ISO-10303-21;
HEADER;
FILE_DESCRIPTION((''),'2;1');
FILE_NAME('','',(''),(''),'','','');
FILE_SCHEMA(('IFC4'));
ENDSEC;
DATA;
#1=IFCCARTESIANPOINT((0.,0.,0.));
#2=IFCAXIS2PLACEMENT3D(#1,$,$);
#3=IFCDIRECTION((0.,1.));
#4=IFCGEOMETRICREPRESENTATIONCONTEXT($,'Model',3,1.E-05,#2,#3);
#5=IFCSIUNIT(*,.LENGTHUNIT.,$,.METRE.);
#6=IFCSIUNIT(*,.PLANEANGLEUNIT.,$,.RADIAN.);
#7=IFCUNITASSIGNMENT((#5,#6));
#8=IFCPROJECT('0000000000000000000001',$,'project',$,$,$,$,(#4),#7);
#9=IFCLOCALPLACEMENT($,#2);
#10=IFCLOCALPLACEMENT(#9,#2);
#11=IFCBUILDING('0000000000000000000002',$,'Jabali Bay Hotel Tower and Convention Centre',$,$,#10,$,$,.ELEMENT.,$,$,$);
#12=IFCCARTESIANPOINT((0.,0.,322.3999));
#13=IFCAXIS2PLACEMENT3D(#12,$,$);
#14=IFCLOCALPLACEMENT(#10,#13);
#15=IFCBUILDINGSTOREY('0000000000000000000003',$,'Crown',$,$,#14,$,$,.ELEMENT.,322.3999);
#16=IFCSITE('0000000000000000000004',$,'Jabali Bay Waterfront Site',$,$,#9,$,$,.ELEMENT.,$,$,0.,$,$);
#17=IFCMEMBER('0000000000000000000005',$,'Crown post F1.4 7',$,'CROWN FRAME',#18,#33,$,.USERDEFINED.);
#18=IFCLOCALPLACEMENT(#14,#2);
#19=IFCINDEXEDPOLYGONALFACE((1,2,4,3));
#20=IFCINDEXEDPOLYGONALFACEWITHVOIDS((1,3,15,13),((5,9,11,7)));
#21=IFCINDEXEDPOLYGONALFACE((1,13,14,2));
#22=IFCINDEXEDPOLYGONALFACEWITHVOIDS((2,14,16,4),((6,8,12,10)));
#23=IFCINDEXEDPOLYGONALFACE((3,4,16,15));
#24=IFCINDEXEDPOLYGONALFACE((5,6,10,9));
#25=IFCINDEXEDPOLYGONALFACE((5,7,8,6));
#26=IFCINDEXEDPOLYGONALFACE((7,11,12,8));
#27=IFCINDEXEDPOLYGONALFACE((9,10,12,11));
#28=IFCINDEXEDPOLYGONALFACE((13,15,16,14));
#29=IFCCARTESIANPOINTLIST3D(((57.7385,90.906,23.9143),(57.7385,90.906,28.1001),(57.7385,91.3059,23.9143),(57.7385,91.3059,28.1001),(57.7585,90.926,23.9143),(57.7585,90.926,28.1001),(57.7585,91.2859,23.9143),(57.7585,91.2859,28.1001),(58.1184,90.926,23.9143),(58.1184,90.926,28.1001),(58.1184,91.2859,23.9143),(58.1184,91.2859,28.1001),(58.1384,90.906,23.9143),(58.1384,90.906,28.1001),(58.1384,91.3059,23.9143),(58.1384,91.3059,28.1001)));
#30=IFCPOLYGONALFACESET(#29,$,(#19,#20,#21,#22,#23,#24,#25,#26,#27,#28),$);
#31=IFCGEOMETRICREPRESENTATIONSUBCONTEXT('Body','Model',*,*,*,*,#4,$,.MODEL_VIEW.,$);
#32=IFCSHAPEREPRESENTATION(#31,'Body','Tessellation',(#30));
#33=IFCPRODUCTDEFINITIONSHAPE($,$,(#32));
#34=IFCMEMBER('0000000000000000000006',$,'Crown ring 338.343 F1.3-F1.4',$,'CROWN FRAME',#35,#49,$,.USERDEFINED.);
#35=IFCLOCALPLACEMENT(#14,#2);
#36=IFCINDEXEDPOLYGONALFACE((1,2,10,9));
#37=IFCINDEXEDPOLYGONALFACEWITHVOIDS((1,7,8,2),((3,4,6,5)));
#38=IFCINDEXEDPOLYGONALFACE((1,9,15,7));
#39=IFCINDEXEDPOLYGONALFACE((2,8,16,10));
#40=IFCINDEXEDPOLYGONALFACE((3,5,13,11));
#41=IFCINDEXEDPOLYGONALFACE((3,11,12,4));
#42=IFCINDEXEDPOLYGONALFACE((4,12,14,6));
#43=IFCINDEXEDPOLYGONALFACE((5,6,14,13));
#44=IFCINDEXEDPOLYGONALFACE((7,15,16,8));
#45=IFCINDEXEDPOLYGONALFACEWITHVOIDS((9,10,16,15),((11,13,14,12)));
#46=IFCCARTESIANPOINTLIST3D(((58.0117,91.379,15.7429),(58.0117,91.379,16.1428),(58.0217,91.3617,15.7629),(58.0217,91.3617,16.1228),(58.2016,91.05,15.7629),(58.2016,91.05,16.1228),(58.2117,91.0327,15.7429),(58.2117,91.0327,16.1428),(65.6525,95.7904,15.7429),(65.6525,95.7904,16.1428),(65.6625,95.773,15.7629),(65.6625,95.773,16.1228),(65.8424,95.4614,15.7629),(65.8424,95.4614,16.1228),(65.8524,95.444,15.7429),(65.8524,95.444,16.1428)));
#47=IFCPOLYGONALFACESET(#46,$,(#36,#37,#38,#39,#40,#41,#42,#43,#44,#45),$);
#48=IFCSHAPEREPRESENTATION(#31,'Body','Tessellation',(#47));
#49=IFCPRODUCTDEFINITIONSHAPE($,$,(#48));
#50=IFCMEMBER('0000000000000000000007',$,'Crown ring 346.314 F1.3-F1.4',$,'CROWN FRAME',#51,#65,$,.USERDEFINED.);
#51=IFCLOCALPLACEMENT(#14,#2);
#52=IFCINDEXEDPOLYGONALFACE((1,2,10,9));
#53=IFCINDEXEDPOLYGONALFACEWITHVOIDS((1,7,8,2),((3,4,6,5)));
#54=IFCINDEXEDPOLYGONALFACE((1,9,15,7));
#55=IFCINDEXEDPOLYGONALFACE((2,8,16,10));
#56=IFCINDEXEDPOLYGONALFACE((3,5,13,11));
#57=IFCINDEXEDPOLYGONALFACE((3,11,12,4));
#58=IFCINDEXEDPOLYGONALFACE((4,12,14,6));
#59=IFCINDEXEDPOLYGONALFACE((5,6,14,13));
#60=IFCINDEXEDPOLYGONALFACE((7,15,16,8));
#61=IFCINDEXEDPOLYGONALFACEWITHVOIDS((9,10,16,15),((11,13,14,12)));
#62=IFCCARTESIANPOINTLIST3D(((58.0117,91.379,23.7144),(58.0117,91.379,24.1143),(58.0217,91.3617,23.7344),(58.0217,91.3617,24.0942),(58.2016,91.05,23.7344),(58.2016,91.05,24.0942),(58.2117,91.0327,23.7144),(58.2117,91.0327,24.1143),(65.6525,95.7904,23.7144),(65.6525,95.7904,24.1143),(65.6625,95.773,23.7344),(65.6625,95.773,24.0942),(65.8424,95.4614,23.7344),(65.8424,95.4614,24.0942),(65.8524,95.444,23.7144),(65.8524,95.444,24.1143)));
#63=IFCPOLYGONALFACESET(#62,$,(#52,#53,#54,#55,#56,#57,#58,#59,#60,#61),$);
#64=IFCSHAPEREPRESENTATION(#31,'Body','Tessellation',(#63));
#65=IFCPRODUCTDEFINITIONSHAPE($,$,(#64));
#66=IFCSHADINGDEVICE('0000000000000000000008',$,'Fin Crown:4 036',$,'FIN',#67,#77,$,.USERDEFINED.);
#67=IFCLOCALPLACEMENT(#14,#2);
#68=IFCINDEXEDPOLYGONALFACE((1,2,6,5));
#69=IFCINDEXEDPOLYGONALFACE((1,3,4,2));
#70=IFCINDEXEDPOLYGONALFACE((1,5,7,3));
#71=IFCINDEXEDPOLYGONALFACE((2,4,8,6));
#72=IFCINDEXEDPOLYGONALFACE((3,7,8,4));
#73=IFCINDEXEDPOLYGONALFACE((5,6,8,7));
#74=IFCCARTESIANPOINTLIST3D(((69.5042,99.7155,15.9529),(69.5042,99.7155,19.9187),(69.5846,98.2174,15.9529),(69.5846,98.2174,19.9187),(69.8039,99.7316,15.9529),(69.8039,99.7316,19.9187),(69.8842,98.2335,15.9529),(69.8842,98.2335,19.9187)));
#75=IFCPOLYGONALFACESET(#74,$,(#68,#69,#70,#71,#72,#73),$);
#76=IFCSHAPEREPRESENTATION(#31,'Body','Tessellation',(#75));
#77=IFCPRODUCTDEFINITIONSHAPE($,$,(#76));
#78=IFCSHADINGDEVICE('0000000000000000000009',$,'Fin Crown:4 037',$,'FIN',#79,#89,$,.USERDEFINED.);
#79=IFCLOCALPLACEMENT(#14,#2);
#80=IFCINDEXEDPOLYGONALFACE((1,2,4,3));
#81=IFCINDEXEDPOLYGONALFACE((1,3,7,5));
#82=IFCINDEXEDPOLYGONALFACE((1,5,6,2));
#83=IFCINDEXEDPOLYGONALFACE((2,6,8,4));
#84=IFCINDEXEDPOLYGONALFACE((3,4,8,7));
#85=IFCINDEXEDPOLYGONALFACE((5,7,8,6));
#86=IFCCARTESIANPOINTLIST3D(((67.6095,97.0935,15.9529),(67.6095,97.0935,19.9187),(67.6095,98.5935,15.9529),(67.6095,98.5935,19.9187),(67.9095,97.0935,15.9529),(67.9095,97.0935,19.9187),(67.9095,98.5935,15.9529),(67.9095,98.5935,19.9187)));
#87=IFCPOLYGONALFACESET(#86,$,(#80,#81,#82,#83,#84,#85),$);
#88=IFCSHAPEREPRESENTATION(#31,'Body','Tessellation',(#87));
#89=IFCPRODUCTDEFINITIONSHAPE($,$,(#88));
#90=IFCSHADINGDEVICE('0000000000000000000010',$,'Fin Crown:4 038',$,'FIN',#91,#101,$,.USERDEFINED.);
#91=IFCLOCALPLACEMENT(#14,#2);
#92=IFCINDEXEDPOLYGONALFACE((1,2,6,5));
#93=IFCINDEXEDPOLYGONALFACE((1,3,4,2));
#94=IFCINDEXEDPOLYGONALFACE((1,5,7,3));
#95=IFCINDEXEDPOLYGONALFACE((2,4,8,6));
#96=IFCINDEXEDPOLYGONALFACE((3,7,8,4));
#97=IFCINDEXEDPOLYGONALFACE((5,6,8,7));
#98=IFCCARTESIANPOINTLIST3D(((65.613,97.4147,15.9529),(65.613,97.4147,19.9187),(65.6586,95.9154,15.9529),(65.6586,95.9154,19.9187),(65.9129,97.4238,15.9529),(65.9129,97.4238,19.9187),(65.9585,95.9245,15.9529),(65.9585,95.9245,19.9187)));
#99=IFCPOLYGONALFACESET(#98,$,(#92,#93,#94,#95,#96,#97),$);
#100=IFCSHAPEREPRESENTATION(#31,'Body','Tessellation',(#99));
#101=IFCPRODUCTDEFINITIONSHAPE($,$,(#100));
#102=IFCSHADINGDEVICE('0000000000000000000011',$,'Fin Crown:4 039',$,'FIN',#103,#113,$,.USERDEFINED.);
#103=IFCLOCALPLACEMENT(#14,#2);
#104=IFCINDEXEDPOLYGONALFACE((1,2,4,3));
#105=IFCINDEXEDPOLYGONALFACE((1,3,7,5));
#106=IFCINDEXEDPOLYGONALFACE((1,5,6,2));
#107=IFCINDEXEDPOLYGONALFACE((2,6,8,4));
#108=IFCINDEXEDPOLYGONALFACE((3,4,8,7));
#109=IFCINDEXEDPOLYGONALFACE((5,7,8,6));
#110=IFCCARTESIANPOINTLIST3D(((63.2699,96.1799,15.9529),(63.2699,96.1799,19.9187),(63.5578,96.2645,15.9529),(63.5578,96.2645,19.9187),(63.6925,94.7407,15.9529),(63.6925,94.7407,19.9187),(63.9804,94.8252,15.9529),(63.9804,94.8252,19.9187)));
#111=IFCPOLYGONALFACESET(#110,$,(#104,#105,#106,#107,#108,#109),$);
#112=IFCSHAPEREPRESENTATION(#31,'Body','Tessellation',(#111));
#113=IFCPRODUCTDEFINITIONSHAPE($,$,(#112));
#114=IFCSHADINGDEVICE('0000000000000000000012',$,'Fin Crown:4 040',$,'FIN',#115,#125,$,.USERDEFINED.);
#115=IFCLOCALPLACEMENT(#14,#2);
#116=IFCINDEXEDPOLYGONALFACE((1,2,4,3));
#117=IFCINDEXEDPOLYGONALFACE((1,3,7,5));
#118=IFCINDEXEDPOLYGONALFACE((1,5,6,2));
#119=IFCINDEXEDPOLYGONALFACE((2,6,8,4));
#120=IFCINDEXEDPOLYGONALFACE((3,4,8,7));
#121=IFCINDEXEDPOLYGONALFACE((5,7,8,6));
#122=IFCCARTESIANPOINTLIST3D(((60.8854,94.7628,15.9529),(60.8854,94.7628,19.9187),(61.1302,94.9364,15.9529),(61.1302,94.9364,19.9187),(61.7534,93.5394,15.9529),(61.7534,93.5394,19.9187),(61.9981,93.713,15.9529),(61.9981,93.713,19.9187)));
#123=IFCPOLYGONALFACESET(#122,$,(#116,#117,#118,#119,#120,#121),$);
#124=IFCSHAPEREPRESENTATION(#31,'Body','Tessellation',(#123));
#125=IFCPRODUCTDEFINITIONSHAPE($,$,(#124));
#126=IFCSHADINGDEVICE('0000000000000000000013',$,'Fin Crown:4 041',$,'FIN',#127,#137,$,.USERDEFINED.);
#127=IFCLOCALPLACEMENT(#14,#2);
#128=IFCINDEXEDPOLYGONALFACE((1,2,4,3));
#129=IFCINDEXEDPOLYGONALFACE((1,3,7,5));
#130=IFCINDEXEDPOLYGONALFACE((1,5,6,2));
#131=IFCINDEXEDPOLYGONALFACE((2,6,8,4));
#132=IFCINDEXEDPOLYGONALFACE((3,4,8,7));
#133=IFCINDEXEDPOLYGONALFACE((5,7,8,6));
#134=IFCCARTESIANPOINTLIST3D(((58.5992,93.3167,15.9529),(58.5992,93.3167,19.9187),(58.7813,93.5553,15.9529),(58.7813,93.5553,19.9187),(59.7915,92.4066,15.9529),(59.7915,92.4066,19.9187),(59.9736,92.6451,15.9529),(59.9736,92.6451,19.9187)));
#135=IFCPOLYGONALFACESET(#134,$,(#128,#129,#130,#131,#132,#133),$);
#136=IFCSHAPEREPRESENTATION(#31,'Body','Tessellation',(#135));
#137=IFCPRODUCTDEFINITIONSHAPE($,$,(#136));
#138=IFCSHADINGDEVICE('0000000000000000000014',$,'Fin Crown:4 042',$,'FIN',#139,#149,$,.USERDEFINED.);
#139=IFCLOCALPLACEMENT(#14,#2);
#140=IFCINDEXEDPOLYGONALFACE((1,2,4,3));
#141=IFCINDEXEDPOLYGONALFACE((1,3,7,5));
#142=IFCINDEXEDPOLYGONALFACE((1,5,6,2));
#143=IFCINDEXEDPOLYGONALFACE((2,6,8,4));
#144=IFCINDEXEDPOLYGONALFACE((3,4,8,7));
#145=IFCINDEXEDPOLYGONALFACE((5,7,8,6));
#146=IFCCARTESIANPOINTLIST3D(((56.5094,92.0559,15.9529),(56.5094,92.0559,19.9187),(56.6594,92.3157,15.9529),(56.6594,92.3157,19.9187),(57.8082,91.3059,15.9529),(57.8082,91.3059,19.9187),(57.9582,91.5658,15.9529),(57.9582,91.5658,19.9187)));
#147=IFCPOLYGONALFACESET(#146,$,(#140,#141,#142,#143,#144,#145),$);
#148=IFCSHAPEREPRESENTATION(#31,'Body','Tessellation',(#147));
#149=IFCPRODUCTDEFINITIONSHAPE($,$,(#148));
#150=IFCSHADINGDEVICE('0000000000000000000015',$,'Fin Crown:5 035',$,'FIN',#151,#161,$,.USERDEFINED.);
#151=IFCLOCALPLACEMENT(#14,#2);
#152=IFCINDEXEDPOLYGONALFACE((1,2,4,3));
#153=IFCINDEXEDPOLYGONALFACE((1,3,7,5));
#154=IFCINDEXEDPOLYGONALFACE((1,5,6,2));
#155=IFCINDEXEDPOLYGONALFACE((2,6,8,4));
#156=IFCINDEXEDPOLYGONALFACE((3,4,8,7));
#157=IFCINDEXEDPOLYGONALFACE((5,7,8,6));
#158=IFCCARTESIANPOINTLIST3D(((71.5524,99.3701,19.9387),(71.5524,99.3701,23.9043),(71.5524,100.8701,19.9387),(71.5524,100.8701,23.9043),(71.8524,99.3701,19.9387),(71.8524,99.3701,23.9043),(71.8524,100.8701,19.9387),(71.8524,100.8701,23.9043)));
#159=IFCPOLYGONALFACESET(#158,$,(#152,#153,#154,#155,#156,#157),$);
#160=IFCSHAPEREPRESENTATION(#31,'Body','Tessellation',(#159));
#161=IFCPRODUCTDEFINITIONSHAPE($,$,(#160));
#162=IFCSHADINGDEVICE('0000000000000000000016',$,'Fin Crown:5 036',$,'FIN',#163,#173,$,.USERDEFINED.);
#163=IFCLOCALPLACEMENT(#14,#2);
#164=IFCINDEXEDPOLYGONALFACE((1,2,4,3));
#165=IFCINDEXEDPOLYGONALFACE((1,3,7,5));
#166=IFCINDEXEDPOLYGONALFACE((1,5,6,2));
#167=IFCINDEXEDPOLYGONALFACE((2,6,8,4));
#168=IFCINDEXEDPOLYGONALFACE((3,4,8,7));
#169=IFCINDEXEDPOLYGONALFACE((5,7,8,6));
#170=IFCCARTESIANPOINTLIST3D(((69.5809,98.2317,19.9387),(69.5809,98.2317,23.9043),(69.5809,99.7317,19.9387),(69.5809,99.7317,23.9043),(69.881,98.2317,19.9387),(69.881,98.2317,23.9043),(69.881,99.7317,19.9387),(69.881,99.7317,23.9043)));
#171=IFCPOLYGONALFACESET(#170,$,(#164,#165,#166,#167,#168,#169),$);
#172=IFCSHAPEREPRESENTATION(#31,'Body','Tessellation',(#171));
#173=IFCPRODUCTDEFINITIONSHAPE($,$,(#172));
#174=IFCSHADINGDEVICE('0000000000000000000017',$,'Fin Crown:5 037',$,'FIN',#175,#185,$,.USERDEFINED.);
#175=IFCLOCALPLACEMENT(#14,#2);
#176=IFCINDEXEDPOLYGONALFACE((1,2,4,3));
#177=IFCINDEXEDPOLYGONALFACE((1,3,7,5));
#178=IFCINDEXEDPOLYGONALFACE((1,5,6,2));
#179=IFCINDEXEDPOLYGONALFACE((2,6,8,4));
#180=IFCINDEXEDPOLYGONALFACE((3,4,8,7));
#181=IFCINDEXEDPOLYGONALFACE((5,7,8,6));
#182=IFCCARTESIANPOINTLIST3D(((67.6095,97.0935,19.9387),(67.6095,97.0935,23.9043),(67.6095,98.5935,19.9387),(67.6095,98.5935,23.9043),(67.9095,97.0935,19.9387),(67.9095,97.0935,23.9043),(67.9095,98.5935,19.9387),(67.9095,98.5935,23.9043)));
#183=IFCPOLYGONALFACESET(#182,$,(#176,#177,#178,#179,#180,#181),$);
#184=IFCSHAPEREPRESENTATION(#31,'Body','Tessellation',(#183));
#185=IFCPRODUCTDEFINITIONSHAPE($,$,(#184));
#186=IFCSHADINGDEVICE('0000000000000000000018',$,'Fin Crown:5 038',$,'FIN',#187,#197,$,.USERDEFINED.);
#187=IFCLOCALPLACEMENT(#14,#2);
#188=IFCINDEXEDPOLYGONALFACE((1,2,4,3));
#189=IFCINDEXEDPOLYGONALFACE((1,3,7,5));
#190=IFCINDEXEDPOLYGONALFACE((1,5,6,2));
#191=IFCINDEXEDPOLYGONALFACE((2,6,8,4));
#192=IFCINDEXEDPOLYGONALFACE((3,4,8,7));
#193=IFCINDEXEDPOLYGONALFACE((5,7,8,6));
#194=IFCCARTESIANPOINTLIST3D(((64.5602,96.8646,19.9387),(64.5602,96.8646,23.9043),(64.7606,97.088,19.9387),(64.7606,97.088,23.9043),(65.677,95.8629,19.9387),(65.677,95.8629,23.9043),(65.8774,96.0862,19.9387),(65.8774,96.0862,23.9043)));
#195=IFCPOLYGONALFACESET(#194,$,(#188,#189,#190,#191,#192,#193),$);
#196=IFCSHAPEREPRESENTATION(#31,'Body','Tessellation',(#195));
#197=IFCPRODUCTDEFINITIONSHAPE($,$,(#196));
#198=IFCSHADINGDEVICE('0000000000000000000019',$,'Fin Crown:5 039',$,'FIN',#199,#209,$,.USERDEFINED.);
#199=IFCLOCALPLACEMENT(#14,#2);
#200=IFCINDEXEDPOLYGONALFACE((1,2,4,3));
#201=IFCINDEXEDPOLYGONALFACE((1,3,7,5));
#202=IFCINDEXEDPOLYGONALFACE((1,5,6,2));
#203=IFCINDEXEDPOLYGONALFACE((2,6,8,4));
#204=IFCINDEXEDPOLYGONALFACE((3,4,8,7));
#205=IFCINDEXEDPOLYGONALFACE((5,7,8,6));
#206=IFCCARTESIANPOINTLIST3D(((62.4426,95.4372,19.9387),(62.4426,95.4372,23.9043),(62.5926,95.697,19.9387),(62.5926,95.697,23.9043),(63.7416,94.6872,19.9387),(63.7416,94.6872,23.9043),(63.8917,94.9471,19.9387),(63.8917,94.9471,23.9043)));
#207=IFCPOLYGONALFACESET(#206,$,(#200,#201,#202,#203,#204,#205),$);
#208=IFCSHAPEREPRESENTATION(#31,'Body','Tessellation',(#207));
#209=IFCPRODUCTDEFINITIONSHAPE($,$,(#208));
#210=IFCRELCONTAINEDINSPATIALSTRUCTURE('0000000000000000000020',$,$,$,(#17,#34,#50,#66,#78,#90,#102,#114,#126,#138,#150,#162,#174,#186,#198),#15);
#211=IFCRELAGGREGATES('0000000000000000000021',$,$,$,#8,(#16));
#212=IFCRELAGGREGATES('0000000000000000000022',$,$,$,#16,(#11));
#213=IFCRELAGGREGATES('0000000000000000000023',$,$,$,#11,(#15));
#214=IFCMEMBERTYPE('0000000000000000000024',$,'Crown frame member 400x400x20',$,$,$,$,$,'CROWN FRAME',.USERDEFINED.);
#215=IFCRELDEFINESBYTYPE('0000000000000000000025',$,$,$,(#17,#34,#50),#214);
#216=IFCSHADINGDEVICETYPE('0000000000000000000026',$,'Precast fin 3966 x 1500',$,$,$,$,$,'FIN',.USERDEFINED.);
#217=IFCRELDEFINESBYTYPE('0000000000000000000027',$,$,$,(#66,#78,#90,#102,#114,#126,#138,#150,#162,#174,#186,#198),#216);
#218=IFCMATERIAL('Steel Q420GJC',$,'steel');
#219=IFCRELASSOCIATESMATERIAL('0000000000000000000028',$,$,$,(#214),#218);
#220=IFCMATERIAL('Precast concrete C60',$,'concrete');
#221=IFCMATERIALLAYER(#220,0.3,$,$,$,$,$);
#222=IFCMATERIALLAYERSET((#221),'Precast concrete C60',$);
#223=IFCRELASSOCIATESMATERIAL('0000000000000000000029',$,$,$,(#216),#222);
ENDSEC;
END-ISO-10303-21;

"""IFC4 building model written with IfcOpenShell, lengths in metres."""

from ifc_helpers import new_model, si_unit, direction, frame, frame_2d, origin, origin_2d, place, context, subcontext, project, spatial, rectangle, hollow_rectangle, extrude, material, layer, layer_set, material_profile, profile_set, type_object, element, save


model = new_model("IFC4")

# Units and contexts
model_context = context("Model", 3, precision=1e-05, world=origin(), true_north=direction((0.0, 1.0)))
body_context = subcontext(model_context, "Body", "Model", "MODEL_VIEW")
ifc_project = project(units=[si_unit("LENGTHUNIT", "METRE"), si_unit("PLANEANGLEUNIT", "RADIAN")], contexts=[model_context])

# Site, building, storey
site_placement = place(None, origin())
site = spatial("IfcSite", under=ifc_project, at=site_placement, Name="Jabali Bay Waterfront Site", CompositionType="ELEMENT", RefElevation=0.0)
building_placement = place(site_placement, origin())
building = spatial("IfcBuilding", under=site, at=building_placement, Name="Jabali Bay Hotel Tower and Convention Centre", CompositionType="ELEMENT")
storey_placement = place(building_placement, frame((0.0, 0.0, 322.3999)))
storey = spatial("IfcBuildingStorey", under=building, at=storey_placement, Name="Crown", CompositionType="ELEMENT", Elevation=322.3999)

# Members
ifc_material_1 = material(Name="Steel Q420GJC", Category="steel")
ifc_material_profile_1 = material_profile(ifc_material_1, hollow_rectangle(XDim=0.3999, YDim=0.3999, WallThickness=0.02, at=origin_2d()), Name="Crown frame member 400x400x20")
ifc_profile_set_1 = profile_set([ifc_material_profile_1], Name="Steel Q420GJC")
member_type_1 = type_object("IfcMemberType", Name="Crown frame member 400x400x20", ElementType="CROWN FRAME", PredefinedType="USERDEFINED", material=ifc_profile_set_1)
for number, where, z_axis, x_axis, name in (
    (1, (57.9385, 91.106, 23.9143), (0.0, 0.0, 1.0), (1.0, 0.0, 0.0), "Crown post F1.4 7"),
):
    element("IfcMember", number, at=place(storey_placement, frame(where, z_axis=z_axis, x_axis=x_axis)), inside=storey, type_object=member_type_1, Name=name, ObjectType="CROWN FRAME", PredefinedType="USERDEFINED", context=body_context, shape_type="SweptSolid", body=[
        extrude(hollow_rectangle(XDim=0.3999, YDim=0.3999, WallThickness=0.02, at=origin_2d()), origin(), (0.0, 0.0, 1.0), 4.1858),
    ])
for number, where, z_axis, x_axis, name in (
    (2, (65.7524, 95.6172, 15.9429), (-0.866029, -0.499993, 0.0), (0.499993, -0.866029, 0.0), "Crown ring 338.343 F1.3-F1.4"),
    (3, (65.7524, 95.6172, 23.9143), (-0.866029, -0.499993, 0.0), (0.499993, -0.866029, 0.0), "Crown ring 346.314 F1.3-F1.4"),
):
    element("IfcMember", number, at=place(storey_placement, frame(where, z_axis=z_axis, x_axis=x_axis)), inside=storey, type_object=member_type_1, Name=name, ObjectType="CROWN FRAME", PredefinedType="USERDEFINED", context=body_context, shape_type="SweptSolid", body=[
        extrude(hollow_rectangle(XDim=0.3999, YDim=0.3999, WallThickness=0.02, at=origin_2d()), origin(), (0.0, 0.0, 1.0), 8.8228),
    ])

# Shading devices
ifc_material_2 = material(Name="Precast concrete C60", Category="concrete")
ifc_layer = layer(ifc_material_2, 0.3)
ifc_layer_set = layer_set([ifc_layer], Name="Precast concrete C60")
shading_device_type = type_object("IfcShadingDeviceType", Name="Precast fin 3966 x 1500", ElementType="FIN", PredefinedType="USERDEFINED", material=ifc_layer_set)
shading_device_1_placement = place(storey_placement, frame((69.7344, 98.2256, 15.9529), z_axis=(0.0, 0.0, 1.0), x_axis=(-0.053541, 0.998566, 0.0)))
element("IfcShadingDevice", 4, at=shading_device_1_placement, inside=storey, type_object=shading_device_type, Name="Fin Crown:4 036", ObjectType="FIN", PredefinedType="USERDEFINED", context=body_context, shape_type="SweptSolid", body=[
    extrude(rectangle(XDim=1.5002, YDim=0.3, at=frame_2d((0.75, 0.0))), origin(), (0.0, 0.0, 1.0), 3.9658),
])
for number, where, z_axis, x_axis, name in (
    (5, (67.7595, 97.0935, 15.9529), (0.0, 0.0, 1.0), (0.0, 1.0, 0.0), "Fin Crown:4 037"),
    (6, (65.8086, 95.9199, 15.9529), (0.0, 0.0, 1.0), (-0.030437, 0.999537, 0.0), "Fin Crown:4 038"),
    (7, (63.8364, 94.783, 15.9529), (0.0, 0.0, 1.0), (-0.281743, 0.95949, 0.0), "Fin Crown:4 039"),
    (8, (61.8757, 93.6262, 15.9529), (0.0, 0.0, 1.0), (-0.578618, 0.815599, 0.0), "Fin Crown:4 040"),
    (9, (59.8826, 92.5259, 15.9529), (0.0, 0.0, 1.0), (-0.794893, 0.606749, 0.0), "Fin Crown:4 041"),
):
    element("IfcShadingDevice", number, at=place(storey_placement, frame(where, z_axis=z_axis, x_axis=x_axis)), inside=storey, type_object=shading_device_type, Name=name, ObjectType="FIN", PredefinedType="USERDEFINED", context=body_context, shape_type="SweptSolid", body=[
        extrude(rectangle(XDim=1.5, YDim=0.3, at=frame_2d((0.75, 0.0))), origin(), (0.0, 0.0, 1.0), 3.9658),
    ])
shading_device_2_placement = place(storey_placement, frame((57.8833, 91.4358, 15.9529), z_axis=(0.0, 0.0, 1.0), x_axis=(-0.86599, 0.500061, 0.0)))
element("IfcShadingDevice", 10, at=shading_device_2_placement, inside=storey, type_object=shading_device_type, Name="Fin Crown:4 042", ObjectType="FIN", PredefinedType="USERDEFINED", context=body_context, shape_type="SweptSolid", body=[
    extrude(rectangle(XDim=1.4998, YDim=0.3, at=frame_2d((0.75, 0.0))), origin(), (0.0, 0.0, 1.0), 3.9658),
])
for number, where, z_axis, x_axis, name in (
    (11, (71.7024, 99.3701, 19.9387), (0.0, 0.0, 1.0), (0.0, 1.0, 0.0), "Fin Crown:5 035"),
    (12, (69.731, 98.2317, 19.9387), (0.0, 0.0, 1.0), (0.0, 1.0, 0.0), "Fin Crown:5 036"),
    (13, (67.7595, 97.0935, 19.9387), (0.0, 0.0, 1.0), (0.0, 1.0, 0.0), "Fin Crown:5 037"),
):
    element("IfcShadingDevice", number, at=place(storey_placement, frame(where, z_axis=z_axis, x_axis=x_axis)), inside=storey, type_object=shading_device_type, Name=name, ObjectType="FIN", PredefinedType="USERDEFINED", context=body_context, shape_type="SweptSolid", body=[
        extrude(rectangle(XDim=1.5, YDim=0.3, at=frame_2d((0.75, 0.0))), origin(), (0.0, 0.0, 1.0), 3.9656),
    ])
shading_device_3_placement = place(storey_placement, frame((65.7771, 95.9746, 19.9387), z_axis=(0.0, 0.0, 1.0), x_axis=(-0.744394, 0.667741, 0.0)))
element("IfcShadingDevice", 14, at=shading_device_3_placement, inside=storey, type_object=shading_device_type, Name="Fin Crown:5 038", ObjectType="FIN", PredefinedType="USERDEFINED", context=body_context, shape_type="SweptSolid", body=[
    extrude(rectangle(XDim=1.5002, YDim=0.3, at=frame_2d((0.75, 0.0))), origin(), (0.0, 0.0, 1.0), 3.9656),
])
shading_device_4_placement = place(storey_placement, frame((63.8167, 94.8171, 19.9387), z_axis=(0.0, 0.0, 1.0), x_axis=(-0.866031, 0.49999, 0.0)))
element("IfcShadingDevice", 15, at=shading_device_4_placement, inside=storey, type_object=shading_device_type, Name="Fin Crown:5 039", ObjectType="FIN", PredefinedType="USERDEFINED", context=body_context, shape_type="SweptSolid", body=[
    extrude(rectangle(XDim=1.5, YDim=0.3, at=frame_2d((0.75, 0.0))), origin(), (0.0, 0.0, 1.0), 3.9656),
])

save(model, "model.ifc")
